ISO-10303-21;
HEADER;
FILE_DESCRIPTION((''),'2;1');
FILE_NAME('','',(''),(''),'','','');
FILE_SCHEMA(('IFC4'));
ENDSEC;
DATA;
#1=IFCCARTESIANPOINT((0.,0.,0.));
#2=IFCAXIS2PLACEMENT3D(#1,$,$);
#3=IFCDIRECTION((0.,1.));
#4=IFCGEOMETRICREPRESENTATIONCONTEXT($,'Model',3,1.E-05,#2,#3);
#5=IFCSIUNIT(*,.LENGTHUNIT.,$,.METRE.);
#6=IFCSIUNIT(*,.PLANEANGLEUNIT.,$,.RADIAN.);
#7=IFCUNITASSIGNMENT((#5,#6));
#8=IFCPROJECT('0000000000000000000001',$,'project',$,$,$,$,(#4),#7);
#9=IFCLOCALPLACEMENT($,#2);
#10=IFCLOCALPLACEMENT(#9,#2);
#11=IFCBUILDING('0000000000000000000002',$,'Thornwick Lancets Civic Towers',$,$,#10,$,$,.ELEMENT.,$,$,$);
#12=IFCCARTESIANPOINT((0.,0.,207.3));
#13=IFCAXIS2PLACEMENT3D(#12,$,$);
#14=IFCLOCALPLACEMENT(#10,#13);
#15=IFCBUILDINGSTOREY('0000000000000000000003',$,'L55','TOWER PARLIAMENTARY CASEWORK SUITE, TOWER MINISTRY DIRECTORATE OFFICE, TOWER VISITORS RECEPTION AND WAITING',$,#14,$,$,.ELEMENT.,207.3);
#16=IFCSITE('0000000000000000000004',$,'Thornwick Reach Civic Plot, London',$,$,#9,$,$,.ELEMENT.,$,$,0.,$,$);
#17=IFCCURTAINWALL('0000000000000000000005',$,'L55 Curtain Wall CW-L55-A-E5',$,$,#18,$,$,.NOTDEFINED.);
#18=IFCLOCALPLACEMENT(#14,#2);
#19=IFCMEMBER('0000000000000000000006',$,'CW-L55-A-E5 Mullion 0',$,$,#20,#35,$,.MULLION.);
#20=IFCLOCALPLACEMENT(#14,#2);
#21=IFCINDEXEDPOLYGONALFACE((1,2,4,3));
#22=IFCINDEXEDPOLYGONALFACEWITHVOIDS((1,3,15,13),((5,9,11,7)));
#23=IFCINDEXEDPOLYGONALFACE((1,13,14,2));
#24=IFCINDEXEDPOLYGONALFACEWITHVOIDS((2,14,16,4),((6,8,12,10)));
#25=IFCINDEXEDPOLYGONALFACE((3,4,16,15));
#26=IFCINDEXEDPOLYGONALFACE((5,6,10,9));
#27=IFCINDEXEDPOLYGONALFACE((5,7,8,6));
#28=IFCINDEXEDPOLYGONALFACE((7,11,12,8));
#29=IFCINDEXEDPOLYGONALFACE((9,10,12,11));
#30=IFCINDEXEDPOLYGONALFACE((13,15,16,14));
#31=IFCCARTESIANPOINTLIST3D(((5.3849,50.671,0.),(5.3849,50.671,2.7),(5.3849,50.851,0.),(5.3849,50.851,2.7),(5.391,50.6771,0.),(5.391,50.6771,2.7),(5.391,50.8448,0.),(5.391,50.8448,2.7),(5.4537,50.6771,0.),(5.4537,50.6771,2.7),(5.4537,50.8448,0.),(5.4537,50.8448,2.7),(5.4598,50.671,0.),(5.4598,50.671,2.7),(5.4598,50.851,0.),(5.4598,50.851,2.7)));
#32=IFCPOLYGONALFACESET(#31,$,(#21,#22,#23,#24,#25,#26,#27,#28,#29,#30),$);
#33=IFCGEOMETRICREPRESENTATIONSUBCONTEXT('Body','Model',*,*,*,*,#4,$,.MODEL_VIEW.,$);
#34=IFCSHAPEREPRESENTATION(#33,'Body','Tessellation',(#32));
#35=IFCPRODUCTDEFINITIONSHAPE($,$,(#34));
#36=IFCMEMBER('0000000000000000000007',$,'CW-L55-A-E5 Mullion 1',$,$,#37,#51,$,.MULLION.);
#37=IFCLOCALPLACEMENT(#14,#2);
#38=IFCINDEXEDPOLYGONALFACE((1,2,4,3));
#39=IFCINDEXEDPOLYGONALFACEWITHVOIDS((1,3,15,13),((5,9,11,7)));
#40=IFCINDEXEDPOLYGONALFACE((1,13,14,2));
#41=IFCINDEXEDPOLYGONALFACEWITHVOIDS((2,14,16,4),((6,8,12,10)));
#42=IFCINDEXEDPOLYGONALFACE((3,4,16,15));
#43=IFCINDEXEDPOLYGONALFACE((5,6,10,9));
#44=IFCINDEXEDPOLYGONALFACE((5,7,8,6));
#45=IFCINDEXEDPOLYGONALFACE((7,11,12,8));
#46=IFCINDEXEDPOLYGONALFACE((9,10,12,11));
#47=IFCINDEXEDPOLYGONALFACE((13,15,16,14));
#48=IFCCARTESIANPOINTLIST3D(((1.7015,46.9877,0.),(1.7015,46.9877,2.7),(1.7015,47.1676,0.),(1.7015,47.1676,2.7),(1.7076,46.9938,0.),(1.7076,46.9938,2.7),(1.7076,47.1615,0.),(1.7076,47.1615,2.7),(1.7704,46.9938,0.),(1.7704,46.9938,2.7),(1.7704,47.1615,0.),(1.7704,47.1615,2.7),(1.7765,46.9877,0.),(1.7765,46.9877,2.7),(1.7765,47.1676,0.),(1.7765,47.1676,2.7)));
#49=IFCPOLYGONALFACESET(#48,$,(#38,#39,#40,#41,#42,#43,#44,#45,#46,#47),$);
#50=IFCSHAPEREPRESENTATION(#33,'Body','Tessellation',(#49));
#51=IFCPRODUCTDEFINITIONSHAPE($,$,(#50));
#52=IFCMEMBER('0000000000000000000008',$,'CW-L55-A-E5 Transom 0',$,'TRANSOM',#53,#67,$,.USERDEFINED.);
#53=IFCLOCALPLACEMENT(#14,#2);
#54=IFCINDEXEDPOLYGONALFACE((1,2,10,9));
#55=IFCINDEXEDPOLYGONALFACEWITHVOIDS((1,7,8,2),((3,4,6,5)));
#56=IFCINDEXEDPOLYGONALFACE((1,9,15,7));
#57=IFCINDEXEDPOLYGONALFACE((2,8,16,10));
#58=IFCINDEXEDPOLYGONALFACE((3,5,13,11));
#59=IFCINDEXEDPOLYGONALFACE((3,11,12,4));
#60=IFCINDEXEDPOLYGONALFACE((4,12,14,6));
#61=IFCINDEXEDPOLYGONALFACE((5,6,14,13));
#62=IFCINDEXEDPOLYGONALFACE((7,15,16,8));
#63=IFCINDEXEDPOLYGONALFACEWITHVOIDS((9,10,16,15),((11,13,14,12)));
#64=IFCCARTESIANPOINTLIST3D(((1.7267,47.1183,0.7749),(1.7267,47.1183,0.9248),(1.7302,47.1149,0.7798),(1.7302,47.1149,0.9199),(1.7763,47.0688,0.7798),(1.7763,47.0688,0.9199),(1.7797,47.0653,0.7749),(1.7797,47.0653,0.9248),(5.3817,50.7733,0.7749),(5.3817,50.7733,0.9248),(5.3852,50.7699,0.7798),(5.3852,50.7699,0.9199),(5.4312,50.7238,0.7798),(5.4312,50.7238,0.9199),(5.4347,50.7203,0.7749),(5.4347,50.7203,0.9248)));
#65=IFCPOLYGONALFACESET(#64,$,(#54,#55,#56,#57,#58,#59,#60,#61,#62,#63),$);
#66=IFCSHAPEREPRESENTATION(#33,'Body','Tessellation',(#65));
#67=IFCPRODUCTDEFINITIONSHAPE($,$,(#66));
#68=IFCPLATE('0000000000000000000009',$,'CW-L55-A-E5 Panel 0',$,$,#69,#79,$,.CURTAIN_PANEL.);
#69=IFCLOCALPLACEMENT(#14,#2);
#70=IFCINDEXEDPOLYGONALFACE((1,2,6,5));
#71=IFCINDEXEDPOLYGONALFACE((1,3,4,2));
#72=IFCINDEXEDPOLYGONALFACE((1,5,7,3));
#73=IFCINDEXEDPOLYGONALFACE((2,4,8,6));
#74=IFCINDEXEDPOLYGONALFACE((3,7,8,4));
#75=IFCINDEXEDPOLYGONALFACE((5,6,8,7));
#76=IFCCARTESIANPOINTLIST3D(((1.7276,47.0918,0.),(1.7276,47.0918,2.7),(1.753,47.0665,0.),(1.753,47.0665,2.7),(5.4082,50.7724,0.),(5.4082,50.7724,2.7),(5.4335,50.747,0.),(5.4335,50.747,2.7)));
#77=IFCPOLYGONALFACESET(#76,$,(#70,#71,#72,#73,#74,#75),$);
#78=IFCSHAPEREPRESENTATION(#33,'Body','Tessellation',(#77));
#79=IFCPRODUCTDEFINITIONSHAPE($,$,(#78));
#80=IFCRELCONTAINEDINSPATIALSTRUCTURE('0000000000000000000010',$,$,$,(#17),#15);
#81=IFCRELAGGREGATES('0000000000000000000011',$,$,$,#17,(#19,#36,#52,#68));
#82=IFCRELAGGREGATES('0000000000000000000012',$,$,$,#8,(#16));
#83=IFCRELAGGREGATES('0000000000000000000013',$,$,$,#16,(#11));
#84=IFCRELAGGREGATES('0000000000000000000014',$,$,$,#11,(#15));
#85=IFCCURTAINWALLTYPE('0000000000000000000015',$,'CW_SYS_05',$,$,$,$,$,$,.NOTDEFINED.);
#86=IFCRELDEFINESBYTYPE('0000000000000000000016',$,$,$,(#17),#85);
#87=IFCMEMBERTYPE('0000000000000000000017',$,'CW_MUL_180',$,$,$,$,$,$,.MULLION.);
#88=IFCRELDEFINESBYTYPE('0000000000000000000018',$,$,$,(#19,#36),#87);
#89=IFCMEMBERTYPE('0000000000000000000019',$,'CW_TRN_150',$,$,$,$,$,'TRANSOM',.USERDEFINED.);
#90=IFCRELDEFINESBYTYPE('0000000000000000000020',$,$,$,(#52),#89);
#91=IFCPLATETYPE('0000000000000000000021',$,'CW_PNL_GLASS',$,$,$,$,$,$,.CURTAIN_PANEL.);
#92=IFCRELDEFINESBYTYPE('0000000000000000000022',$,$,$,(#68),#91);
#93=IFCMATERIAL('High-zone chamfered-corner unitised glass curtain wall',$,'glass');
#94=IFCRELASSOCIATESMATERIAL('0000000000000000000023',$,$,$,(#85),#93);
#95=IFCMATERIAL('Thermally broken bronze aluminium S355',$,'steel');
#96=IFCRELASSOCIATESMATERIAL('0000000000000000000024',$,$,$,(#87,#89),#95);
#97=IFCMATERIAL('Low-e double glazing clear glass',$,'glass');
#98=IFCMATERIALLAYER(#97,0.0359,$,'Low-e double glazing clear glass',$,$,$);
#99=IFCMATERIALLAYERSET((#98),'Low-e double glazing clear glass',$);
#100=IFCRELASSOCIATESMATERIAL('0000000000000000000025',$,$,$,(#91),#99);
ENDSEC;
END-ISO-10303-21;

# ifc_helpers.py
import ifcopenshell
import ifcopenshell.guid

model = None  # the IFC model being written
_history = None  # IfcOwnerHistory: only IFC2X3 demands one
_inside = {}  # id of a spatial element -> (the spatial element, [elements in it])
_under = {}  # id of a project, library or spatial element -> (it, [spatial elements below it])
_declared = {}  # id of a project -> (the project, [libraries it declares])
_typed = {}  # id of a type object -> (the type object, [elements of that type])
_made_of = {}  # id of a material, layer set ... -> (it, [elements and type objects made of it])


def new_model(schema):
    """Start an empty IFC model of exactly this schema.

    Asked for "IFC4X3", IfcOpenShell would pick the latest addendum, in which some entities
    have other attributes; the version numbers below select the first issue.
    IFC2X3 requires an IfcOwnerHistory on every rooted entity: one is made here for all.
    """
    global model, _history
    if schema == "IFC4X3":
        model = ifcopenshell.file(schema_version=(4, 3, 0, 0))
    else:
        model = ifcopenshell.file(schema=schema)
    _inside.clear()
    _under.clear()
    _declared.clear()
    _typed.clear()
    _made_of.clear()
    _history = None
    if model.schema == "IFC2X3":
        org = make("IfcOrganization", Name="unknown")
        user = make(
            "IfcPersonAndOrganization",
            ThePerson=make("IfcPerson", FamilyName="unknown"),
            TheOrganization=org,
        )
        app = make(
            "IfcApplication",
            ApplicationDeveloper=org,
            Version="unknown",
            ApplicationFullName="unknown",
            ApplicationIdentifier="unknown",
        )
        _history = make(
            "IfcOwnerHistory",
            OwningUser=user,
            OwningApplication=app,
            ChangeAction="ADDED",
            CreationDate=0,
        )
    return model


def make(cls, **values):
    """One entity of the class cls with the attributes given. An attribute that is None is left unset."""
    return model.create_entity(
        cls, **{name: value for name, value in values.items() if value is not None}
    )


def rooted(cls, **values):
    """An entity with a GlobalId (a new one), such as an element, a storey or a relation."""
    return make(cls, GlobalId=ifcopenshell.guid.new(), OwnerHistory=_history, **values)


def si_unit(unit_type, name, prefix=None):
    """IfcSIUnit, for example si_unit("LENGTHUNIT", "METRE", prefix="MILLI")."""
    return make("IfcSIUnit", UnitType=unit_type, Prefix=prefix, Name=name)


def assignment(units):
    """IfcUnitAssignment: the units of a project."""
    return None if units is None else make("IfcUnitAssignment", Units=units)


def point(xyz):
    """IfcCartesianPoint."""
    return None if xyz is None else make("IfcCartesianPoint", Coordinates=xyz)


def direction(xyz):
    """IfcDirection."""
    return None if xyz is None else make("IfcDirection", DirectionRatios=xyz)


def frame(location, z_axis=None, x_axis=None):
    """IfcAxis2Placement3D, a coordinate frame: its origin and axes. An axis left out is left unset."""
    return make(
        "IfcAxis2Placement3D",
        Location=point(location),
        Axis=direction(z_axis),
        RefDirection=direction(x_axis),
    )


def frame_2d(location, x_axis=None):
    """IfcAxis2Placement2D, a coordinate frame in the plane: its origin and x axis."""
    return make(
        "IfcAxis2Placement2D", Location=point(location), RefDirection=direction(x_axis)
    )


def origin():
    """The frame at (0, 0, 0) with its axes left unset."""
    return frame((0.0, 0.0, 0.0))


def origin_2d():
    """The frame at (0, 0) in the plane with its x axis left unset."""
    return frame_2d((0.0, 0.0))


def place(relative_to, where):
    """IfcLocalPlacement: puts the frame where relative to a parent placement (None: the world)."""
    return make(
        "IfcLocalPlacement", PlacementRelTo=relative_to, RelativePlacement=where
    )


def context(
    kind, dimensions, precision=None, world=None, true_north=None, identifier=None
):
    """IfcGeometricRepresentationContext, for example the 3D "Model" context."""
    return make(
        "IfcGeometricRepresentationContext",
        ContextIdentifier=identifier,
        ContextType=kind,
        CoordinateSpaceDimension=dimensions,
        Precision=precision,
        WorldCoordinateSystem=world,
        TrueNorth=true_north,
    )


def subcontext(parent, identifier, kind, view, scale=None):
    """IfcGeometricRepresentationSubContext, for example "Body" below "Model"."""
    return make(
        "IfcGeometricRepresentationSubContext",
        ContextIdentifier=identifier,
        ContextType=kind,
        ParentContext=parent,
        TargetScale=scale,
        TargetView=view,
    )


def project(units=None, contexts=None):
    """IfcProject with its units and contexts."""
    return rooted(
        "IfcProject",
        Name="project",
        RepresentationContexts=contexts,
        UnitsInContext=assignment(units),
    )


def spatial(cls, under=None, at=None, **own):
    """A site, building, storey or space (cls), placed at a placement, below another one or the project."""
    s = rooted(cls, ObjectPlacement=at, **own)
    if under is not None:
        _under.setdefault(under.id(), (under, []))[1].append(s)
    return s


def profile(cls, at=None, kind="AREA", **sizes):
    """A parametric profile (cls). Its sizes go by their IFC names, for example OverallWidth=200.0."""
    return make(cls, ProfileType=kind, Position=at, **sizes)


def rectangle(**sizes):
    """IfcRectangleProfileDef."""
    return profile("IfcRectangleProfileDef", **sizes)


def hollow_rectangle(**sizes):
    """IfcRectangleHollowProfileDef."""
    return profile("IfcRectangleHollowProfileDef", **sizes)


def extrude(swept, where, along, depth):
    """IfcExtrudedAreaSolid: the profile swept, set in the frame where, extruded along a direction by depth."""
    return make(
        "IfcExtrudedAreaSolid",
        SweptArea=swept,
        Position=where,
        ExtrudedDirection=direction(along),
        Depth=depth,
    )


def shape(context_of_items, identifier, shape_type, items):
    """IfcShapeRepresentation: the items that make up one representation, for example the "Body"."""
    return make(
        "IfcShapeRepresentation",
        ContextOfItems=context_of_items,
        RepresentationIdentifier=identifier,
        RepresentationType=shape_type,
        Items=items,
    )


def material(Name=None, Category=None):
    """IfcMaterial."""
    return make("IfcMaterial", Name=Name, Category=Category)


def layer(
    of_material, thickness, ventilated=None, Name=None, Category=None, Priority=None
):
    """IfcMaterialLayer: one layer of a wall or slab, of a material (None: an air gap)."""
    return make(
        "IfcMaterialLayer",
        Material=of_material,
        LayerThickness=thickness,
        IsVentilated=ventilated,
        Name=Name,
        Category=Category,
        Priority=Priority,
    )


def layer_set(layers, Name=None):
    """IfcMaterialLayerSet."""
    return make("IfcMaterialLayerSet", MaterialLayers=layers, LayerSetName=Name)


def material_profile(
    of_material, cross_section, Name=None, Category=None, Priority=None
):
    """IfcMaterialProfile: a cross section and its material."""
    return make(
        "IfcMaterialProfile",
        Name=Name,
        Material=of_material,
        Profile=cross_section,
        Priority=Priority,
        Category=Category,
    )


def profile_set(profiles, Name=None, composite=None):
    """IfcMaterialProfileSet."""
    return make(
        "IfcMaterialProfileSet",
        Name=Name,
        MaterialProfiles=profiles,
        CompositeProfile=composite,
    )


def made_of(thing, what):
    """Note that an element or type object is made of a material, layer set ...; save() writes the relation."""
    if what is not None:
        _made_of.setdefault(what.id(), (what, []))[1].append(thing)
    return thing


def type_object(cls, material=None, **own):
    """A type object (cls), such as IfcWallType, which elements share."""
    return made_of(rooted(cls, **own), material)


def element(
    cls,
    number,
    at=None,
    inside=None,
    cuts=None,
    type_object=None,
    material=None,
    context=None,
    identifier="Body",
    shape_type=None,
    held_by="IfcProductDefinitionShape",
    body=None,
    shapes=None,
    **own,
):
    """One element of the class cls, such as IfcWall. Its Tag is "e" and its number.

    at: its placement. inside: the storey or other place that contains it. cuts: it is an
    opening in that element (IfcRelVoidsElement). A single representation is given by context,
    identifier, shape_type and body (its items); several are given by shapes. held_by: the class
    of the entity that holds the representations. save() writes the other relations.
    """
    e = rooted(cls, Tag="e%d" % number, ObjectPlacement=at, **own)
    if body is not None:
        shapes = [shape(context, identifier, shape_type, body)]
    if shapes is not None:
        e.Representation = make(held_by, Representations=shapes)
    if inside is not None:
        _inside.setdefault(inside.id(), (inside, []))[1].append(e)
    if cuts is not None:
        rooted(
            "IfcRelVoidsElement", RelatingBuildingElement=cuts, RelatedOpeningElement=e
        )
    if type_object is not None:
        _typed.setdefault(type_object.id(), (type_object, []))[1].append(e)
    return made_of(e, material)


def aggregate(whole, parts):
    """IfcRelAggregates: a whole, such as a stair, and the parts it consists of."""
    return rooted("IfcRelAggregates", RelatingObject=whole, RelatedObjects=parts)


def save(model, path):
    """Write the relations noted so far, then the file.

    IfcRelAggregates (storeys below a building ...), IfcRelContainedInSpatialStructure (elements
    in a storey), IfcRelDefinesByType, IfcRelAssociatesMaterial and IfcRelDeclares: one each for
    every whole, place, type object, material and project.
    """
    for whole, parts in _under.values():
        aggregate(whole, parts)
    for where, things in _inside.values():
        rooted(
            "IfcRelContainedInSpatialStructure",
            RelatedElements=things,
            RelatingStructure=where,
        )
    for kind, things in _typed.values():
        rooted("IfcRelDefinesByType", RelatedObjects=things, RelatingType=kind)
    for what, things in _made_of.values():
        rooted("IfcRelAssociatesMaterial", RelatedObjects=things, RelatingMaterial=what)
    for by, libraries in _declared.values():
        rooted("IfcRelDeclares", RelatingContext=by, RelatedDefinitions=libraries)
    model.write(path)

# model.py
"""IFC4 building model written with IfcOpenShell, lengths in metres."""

from ifc_helpers import new_model, si_unit, direction, frame, origin, origin_2d, place, context, subcontext, project, spatial, rectangle, hollow_rectangle, extrude, material, layer, layer_set, material_profile, profile_set, type_object, element, aggregate, save


model = new_model("IFC4")

# Units and contexts
model_context = context("Model", 3, precision=1e-05, world=origin(), true_north=direction((0.0, 1.0)))
body_context = subcontext(model_context, "Body", "Model", "MODEL_VIEW")
ifc_project = project(units=[si_unit("LENGTHUNIT", "METRE"), si_unit("PLANEANGLEUNIT", "RADIAN")], contexts=[model_context])

# Site, building, storey
site_placement = place(None, origin())
site = spatial("IfcSite", under=ifc_project, at=site_placement, Name="Thornwick Reach Civic Plot, London", CompositionType="ELEMENT", RefElevation=0.0)
building_placement = place(site_placement, origin())
building = spatial("IfcBuilding", under=site, at=building_placement, Name="Thornwick Lancets Civic Towers", CompositionType="ELEMENT")
storey_placement = place(building_placement, frame((0.0, 0.0, 207.3)))
storey = spatial("IfcBuildingStorey", under=building, at=storey_placement, Name="L55", Description="TOWER PARLIAMENTARY CASEWORK SUITE, TOWER MINISTRY DIRECTORATE OFFICE, TOWER VISITORS RECEPTION AND WAITING", CompositionType="ELEMENT", Elevation=207.3)

# Curtain wall, members, plate
ifc_material_1 = material(Name="High-zone chamfered-corner unitised glass curtain wall", Category="glass")
curtain_wall_type = type_object("IfcCurtainWallType", Name="CW_SYS_05", PredefinedType="NOTDEFINED", material=ifc_material_1)
curtain_wall_placement = place(storey_placement, origin())
curtain_wall = element("IfcCurtainWall", 1, at=curtain_wall_placement, inside=storey, type_object=curtain_wall_type, Name="L55 Curtain Wall CW-L55-A-E5", PredefinedType="NOTDEFINED")
ifc_material_2 = material(Name="Thermally broken bronze aluminium S355", Category="steel")
ifc_material_profile_1 = material_profile(ifc_material_2, hollow_rectangle(XDim=0.075, YDim=0.1799, WallThickness=0.0061, at=origin_2d()), Name="RHS 180x75x6")
ifc_profile_set_1 = profile_set([ifc_material_profile_1], Name="Thermally broken bronze aluminium S355")
member_type_1 = type_object("IfcMemberType", Name="CW_MUL_180", PredefinedType="MULLION", material=ifc_profile_set_1)
member_1_placement = place(storey_placement, frame((5.4224, 50.761, 0.0), z_axis=(0.0, 0.0, 1.0), x_axis=(1.0, 0.0, 0.0)))
member_1 = element("IfcMember", 2, at=member_1_placement, type_object=member_type_1, Name="CW-L55-A-E5 Mullion 0", PredefinedType="MULLION", context=body_context, shape_type="SweptSolid", body=[
    extrude(hollow_rectangle(XDim=0.075, YDim=0.1799, WallThickness=0.0061, at=origin_2d()), origin(), (0.0, 0.0, 1.0), 2.7),
])
member_2_placement = place(storey_placement, frame((1.739, 47.0776, 0.0), z_axis=(0.0, 0.0, 1.0), x_axis=(1.0, 0.0, 0.0)))
member_2 = element("IfcMember", 3, at=member_2_placement, type_object=member_type_1, Name="CW-L55-A-E5 Mullion 1", PredefinedType="MULLION", context=body_context, shape_type="SweptSolid", body=[
    extrude(hollow_rectangle(XDim=0.075, YDim=0.1799, WallThickness=0.0061, at=origin_2d()), origin(), (0.0, 0.0, 1.0), 2.7),
])
ifc_material_profile_2 = material_profile(ifc_material_2, hollow_rectangle(XDim=0.075, YDim=0.1499, WallThickness=0.0049, at=origin_2d()), Name="RHS 150x75x5")
ifc_profile_set_2 = profile_set([ifc_material_profile_2], Name="Thermally broken bronze aluminium S355")
member_type_2 = type_object("IfcMemberType", Name="CW_TRN_150", ElementType="TRANSOM", PredefinedType="USERDEFINED", material=ifc_profile_set_2)
member_3_placement = place(storey_placement, frame((5.4082, 50.7468, 0.8499), z_axis=(-0.707107, -0.707107, 0.0), x_axis=(0.707107, -0.707107, 0.0)))
member_3 = element("IfcMember", 4, at=member_3_placement, type_object=member_type_2, Name="CW-L55-A-E5 Transom 0", ObjectType="TRANSOM", PredefinedType="USERDEFINED", context=body_context, shape_type="SweptSolid", body=[
    extrude(hollow_rectangle(XDim=0.075, YDim=0.1499, WallThickness=0.0049, at=origin_2d()), origin(), (0.0, 0.0, 1.0), 5.1689),
])
ifc_material_3 = material(Name="Low-e double glazing clear glass", Category="glass")
ifc_layer_1 = layer(ifc_material_3, 0.0359, Name="Low-e double glazing clear glass")
ifc_layer_set_1 = layer_set([ifc_layer_1], Name="Low-e double glazing clear glass")
plate_type = type_object("IfcPlateType", Name="CW_PNL_GLASS", PredefinedType="CURTAIN_PANEL", material=ifc_layer_set_1)
plate_placement = place(storey_placement, frame((3.5806, 48.9194, 0.0), z_axis=(0.0, 0.0, 1.0), x_axis=(-0.707107, -0.707107, 0.0)))
plate = element("IfcPlate", 5, at=plate_placement, type_object=plate_type, Name="CW-L55-A-E5 Panel 0", PredefinedType="CURTAIN_PANEL", context=body_context, shape_type="SweptSolid", body=[
    extrude(rectangle(XDim=5.2051, YDim=0.0359, at=origin_2d()), origin(), (0.0, 0.0, 1.0), 2.7),
])
aggregate(curtain_wall, [member_1, member_2, member_3, plate])

save(model, "model.ifc")
